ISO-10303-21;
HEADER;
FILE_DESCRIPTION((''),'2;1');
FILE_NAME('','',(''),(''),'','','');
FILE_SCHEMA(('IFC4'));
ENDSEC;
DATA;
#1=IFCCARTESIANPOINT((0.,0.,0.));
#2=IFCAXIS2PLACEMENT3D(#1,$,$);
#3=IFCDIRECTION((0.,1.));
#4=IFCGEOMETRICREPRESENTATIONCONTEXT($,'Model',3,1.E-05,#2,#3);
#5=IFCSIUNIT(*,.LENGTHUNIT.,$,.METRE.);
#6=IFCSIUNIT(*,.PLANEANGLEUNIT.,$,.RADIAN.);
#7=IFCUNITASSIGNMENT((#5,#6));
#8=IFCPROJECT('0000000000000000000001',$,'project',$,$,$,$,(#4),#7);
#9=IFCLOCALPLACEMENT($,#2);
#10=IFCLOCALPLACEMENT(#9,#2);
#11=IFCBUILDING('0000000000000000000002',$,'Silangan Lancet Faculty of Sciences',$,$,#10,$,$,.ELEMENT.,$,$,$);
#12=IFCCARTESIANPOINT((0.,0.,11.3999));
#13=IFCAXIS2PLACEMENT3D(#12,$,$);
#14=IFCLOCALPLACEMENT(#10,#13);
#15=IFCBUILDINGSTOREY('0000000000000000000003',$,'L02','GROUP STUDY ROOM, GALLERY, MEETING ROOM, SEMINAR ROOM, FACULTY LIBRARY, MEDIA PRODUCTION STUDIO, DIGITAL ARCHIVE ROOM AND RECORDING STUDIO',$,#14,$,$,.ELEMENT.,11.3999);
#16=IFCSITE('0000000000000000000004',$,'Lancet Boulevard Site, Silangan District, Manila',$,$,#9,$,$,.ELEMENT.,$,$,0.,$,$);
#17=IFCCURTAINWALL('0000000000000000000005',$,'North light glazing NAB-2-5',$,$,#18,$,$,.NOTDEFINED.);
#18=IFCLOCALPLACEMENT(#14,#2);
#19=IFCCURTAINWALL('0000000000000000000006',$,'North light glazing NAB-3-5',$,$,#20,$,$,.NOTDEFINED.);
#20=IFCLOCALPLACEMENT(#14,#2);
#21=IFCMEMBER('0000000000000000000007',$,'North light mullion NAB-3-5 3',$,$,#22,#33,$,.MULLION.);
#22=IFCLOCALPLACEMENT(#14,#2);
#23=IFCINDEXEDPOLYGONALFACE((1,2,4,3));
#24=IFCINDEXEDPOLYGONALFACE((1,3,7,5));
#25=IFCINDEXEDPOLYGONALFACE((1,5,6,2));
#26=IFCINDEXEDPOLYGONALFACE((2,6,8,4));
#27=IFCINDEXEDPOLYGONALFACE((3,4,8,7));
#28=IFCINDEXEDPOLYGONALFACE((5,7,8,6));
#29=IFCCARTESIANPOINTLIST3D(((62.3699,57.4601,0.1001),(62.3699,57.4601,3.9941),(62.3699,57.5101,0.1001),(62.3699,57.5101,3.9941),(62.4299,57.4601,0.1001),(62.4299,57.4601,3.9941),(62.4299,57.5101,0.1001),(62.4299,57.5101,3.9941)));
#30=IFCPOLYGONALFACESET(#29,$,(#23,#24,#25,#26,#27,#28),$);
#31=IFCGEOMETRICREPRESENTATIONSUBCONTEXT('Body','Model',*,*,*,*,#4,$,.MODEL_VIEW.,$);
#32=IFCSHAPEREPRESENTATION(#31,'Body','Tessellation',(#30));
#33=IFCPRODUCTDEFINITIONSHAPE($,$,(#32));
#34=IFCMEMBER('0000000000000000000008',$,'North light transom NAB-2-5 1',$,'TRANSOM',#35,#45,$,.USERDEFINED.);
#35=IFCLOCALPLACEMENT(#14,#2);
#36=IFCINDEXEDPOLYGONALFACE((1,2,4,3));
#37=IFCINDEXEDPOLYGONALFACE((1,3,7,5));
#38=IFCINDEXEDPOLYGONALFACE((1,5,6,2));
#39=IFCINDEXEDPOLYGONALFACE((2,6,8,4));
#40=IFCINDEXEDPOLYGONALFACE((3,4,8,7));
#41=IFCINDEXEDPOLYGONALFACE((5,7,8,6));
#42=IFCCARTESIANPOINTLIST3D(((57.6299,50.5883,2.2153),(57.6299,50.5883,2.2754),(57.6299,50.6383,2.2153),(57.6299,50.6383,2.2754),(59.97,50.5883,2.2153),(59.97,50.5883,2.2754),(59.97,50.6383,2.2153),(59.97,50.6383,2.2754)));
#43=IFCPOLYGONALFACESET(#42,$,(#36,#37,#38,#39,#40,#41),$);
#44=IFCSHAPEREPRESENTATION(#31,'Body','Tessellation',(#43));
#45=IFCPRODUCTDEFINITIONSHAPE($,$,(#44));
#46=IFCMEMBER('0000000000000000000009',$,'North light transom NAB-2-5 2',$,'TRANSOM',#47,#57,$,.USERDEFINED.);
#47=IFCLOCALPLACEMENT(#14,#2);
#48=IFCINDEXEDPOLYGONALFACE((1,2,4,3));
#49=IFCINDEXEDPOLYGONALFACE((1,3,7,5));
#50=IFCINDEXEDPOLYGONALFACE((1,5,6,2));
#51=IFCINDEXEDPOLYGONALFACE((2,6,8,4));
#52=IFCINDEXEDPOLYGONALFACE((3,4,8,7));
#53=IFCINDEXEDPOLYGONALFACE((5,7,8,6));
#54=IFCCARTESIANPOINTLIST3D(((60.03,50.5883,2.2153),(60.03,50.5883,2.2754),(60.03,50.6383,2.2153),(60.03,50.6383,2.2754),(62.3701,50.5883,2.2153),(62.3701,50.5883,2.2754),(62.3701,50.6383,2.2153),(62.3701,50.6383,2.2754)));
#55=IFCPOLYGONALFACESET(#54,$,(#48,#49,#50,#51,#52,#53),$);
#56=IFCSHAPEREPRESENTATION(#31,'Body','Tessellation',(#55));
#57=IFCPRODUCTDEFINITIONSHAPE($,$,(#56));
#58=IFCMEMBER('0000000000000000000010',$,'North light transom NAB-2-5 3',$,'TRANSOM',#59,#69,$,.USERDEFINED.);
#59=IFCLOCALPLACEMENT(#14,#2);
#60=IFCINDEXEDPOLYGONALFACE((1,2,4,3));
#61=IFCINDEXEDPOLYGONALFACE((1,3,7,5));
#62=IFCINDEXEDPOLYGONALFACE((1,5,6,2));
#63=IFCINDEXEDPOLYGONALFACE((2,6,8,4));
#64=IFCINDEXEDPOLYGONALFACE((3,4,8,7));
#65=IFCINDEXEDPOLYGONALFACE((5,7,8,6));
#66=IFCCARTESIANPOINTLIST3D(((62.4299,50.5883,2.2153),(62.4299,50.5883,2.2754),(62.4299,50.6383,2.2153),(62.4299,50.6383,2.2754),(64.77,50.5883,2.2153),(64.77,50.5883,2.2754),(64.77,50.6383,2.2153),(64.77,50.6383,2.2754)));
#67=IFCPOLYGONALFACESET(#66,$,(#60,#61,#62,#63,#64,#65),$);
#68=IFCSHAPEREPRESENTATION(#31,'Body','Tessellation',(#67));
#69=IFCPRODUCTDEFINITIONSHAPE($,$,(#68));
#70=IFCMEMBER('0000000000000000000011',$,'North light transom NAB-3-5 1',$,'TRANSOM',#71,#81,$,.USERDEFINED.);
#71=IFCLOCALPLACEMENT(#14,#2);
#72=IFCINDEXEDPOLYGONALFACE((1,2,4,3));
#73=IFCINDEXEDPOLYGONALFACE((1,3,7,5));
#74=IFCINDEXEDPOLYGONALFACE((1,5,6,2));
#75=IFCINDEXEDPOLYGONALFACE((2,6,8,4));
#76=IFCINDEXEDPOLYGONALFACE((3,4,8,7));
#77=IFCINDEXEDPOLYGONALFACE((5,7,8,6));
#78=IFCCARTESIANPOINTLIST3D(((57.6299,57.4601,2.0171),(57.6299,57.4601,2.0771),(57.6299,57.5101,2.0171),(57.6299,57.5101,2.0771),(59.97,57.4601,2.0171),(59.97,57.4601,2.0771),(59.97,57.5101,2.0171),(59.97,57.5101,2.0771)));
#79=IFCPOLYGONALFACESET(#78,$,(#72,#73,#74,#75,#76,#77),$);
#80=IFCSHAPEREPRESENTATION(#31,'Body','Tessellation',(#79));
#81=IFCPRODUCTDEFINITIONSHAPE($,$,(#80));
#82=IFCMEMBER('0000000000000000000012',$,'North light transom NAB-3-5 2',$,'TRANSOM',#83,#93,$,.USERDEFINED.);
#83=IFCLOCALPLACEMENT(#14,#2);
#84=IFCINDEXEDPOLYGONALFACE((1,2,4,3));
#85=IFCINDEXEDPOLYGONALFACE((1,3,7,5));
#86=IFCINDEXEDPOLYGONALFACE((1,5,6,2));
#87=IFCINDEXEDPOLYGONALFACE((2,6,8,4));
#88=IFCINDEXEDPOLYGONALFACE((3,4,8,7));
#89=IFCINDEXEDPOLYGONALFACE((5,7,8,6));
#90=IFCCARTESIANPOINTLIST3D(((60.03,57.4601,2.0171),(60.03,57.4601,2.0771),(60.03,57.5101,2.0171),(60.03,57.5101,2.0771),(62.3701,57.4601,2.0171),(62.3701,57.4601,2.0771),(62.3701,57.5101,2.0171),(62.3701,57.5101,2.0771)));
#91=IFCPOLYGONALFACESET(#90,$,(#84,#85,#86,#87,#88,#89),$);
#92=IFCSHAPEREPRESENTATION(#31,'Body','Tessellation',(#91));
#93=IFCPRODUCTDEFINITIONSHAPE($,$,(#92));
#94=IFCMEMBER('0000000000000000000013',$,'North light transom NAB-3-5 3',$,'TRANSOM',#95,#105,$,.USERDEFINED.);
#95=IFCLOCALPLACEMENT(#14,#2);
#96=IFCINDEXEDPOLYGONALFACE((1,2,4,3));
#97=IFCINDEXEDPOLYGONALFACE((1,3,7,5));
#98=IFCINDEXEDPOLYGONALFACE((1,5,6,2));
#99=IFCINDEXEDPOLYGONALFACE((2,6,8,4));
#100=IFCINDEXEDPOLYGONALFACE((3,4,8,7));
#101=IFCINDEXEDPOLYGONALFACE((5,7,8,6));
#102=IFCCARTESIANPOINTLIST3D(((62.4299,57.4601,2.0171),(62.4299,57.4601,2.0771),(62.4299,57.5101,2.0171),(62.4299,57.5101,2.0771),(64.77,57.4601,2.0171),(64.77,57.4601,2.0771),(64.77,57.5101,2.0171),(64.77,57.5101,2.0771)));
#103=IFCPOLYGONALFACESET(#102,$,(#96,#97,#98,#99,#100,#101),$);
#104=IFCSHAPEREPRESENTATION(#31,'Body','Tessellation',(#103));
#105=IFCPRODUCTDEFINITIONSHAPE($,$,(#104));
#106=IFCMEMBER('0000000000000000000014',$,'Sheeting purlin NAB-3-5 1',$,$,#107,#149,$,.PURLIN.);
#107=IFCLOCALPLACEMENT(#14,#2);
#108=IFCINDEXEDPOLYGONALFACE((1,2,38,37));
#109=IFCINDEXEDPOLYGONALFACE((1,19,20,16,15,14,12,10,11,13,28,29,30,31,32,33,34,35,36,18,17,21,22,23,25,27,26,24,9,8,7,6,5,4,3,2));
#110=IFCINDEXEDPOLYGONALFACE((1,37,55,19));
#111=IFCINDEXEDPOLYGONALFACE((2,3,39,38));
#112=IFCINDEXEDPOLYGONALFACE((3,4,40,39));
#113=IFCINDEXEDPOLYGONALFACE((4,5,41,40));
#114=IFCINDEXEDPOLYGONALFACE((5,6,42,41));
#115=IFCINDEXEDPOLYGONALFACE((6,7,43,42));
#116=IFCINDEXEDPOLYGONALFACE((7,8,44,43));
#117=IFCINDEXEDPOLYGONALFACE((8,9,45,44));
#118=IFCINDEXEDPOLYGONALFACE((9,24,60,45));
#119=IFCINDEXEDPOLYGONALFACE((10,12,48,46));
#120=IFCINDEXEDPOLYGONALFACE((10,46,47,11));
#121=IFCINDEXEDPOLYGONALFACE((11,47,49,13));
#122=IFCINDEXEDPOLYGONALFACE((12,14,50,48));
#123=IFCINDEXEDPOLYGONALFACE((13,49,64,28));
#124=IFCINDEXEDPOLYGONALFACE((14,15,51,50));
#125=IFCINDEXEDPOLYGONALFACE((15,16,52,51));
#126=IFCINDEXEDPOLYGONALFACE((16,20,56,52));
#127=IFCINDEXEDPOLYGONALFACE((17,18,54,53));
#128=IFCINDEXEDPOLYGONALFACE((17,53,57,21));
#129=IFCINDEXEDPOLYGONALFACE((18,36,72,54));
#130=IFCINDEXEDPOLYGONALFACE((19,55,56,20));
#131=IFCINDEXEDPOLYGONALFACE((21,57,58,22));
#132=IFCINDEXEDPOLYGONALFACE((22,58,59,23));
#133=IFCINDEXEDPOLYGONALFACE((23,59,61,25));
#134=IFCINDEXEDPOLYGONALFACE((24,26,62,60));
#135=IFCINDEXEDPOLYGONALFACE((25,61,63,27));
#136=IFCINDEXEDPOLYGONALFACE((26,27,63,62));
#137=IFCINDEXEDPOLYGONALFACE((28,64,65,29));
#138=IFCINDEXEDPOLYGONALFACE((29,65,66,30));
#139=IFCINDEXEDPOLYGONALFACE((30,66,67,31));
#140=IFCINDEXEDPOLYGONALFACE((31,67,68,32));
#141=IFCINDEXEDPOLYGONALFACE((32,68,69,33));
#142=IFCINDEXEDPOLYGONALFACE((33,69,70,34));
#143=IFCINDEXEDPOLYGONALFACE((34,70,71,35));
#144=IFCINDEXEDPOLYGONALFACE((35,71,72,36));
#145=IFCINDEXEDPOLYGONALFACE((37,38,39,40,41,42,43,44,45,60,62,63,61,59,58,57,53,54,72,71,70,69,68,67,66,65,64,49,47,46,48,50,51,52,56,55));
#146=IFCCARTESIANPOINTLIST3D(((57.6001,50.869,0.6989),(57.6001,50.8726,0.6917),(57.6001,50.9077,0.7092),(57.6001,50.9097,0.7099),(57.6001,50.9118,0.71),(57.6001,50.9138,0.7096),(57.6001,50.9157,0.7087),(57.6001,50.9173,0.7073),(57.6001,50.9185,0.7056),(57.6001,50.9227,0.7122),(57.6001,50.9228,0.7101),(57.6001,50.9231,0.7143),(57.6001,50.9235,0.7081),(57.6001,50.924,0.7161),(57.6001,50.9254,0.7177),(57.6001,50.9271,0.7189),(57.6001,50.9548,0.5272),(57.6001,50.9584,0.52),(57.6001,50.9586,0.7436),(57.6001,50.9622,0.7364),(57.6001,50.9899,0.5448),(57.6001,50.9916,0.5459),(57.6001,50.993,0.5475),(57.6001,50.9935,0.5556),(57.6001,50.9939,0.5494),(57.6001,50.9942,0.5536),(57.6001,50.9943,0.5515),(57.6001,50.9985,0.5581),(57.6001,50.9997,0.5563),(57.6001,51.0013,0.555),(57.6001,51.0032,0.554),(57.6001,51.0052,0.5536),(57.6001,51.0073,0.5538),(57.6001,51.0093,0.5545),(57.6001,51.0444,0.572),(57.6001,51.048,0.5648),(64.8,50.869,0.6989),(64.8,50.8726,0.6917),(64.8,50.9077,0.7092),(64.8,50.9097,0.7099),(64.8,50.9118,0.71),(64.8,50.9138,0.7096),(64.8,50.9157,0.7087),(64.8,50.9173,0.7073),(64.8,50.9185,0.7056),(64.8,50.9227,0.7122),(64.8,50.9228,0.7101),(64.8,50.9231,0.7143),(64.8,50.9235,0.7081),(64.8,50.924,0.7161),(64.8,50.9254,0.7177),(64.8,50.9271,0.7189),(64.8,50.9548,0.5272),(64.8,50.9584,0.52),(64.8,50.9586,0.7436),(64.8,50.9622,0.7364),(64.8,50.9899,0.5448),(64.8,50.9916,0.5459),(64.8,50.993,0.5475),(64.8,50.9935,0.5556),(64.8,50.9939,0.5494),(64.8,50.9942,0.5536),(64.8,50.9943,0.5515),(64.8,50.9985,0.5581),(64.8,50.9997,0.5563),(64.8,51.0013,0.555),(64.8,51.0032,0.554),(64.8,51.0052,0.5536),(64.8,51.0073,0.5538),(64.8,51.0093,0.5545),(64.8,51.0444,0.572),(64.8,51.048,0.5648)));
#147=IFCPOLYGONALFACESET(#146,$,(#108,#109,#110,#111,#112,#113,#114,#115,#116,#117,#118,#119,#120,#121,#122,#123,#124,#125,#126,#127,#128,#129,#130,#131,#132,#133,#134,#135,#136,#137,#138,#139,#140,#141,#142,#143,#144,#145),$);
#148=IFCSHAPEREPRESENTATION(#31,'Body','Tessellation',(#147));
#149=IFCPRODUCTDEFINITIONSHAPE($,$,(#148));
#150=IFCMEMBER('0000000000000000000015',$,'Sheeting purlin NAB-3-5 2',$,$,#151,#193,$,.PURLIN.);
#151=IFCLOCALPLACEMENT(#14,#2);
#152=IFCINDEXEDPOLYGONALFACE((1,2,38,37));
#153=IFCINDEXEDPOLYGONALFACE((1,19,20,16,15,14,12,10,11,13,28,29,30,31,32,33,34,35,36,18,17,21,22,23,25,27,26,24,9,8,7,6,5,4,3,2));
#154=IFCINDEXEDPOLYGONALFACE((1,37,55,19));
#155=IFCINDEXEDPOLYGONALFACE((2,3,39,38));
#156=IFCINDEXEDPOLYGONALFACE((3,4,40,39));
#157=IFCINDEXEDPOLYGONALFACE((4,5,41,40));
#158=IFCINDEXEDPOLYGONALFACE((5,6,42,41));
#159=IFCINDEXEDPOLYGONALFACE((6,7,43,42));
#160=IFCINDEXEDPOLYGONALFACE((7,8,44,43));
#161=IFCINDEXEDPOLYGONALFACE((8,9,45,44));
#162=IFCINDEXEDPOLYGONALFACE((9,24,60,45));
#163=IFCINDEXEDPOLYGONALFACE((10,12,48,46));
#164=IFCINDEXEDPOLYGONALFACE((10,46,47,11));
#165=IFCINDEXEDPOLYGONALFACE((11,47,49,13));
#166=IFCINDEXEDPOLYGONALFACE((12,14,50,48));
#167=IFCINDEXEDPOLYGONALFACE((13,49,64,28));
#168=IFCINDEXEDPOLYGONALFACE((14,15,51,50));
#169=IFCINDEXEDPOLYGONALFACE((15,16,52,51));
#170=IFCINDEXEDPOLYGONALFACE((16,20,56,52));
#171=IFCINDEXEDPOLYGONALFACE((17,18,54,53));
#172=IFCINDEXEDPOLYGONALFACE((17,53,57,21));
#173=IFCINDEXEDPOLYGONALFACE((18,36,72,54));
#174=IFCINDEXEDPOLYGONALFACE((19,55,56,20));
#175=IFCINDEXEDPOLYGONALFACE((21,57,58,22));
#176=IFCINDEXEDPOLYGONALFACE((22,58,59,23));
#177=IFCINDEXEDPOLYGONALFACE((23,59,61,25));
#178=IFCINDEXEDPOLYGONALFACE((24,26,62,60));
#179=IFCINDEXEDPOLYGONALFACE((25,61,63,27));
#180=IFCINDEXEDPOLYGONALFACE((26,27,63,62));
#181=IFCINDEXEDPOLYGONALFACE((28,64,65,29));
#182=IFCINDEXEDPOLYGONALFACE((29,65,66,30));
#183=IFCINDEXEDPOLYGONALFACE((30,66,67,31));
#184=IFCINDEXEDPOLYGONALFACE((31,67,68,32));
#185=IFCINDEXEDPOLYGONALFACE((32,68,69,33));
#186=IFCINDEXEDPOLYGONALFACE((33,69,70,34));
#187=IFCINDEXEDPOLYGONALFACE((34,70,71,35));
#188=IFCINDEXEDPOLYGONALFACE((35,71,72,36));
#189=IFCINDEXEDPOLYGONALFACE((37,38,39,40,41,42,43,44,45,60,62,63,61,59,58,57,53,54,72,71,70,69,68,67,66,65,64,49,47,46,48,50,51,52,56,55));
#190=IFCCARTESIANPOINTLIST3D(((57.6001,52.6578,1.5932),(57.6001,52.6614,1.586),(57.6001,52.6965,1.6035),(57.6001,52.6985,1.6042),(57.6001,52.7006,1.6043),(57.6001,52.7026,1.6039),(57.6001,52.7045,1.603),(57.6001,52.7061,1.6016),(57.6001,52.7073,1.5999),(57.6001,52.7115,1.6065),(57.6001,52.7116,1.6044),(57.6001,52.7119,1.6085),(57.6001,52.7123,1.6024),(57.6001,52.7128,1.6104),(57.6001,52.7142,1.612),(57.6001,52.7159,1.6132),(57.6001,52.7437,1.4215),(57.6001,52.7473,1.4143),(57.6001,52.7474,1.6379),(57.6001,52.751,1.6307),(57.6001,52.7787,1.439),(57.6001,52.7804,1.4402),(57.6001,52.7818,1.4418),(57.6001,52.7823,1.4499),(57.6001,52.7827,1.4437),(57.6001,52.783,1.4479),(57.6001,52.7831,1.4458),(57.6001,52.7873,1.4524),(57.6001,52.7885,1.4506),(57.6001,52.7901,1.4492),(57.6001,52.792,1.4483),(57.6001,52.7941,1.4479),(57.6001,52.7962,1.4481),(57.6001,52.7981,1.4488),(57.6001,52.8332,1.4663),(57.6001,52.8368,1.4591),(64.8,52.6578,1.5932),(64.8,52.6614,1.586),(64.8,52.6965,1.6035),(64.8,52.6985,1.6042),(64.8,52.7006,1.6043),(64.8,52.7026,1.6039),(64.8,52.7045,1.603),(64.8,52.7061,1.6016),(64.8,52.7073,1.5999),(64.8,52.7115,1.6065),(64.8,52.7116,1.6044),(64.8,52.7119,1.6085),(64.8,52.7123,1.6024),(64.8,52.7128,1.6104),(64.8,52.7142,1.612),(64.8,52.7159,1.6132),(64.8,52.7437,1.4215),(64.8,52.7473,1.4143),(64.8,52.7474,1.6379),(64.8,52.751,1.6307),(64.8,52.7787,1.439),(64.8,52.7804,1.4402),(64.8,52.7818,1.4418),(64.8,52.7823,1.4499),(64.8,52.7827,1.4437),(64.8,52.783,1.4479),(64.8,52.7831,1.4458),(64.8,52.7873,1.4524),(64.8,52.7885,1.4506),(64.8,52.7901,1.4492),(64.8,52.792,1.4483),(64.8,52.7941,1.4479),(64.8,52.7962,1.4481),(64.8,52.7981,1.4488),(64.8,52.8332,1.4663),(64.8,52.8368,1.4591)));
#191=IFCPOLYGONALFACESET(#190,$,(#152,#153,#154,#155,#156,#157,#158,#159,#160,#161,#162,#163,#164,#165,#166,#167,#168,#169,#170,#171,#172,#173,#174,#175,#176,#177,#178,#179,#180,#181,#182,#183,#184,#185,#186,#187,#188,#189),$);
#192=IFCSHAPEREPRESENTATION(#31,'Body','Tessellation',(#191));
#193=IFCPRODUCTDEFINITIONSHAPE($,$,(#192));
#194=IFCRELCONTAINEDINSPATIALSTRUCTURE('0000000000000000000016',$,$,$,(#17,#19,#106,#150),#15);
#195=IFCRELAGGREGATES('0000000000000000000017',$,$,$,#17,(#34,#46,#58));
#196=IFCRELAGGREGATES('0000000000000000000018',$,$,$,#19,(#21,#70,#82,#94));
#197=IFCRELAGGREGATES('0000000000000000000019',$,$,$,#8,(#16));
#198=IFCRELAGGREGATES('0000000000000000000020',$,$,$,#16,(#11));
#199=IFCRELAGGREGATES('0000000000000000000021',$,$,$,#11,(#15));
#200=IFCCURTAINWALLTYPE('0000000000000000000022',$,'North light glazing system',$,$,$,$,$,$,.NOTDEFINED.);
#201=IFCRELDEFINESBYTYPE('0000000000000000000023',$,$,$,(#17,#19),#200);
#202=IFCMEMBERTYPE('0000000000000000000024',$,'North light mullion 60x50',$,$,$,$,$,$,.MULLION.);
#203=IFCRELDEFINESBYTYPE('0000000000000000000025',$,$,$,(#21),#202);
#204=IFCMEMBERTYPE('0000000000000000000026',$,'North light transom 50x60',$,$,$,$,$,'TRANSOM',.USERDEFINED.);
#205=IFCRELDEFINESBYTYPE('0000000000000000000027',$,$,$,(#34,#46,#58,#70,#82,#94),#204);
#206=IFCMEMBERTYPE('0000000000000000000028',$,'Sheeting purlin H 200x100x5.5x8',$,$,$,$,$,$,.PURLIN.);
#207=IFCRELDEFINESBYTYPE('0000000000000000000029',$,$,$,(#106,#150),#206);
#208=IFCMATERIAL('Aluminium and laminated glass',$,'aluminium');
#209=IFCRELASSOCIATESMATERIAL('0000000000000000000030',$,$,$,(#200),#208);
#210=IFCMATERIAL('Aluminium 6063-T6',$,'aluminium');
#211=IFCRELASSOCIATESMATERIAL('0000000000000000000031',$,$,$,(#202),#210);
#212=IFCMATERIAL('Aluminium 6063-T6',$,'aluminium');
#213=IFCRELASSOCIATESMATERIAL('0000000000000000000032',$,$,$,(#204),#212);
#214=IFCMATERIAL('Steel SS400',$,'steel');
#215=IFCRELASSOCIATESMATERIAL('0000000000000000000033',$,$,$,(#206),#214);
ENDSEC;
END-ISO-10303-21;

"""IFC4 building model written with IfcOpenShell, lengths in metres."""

from ifc_helpers import new_model, si_unit, direction, frame, origin, origin_2d, place, context, subcontext, project, spatial, rectangle, i_section, extrude, material, material_profile, profile_set, type_object, element, aggregate, save


model = new_model("IFC4")

# Units and contexts
model_context = context("Model", 3, precision=1e-05, world=origin(), true_north=direction((0.0, 1.0)))
body_context = subcontext(model_context, "Body", "Model", "MODEL_VIEW")
ifc_project = project(units=[si_unit("LENGTHUNIT", "METRE"), si_unit("PLANEANGLEUNIT", "RADIAN")], contexts=[model_context])

# Site, building, storey
site_placement = place(None, origin())
site = spatial("IfcSite", under=ifc_project, at=site_placement, Name="Lancet Boulevard Site, Silangan District, Manila", CompositionType="ELEMENT", RefElevation=0.0)
building_placement = place(site_placement, origin())
building = spatial("IfcBuilding", under=site, at=building_placement, Name="Silangan Lancet Faculty of Sciences", CompositionType="ELEMENT")
storey_placement = place(building_placement, frame((0.0, 0.0, 11.3999)))
storey = spatial("IfcBuildingStorey", under=building, at=storey_placement, Name="L02", Description="GROUP STUDY ROOM, GALLERY, MEETING ROOM, SEMINAR ROOM, FACULTY LIBRARY, MEDIA PRODUCTION STUDIO, DIGITAL ARCHIVE ROOM AND RECORDING STUDIO", CompositionType="ELEMENT", Elevation=11.3999)

# Curtain walls, member
ifc_material_1 = material(Name="Aluminium and laminated glass", Category="aluminium")
curtain_wall_type = type_object("IfcCurtainWallType", Name="North light glazing system", PredefinedType="NOTDEFINED", material=ifc_material_1)
curtain_wall_1_placement = place(storey_placement, origin())
curtain_wall_1 = element("IfcCurtainWall", 1, at=curtain_wall_1_placement, inside=storey, type_object=curtain_wall_type, Name="North light glazing NAB-2-5", PredefinedType="NOTDEFINED")
ifc_material_2 = material(Name="Aluminium 6063-T6", Category="aluminium")
ifc_material_profile_1 = material_profile(ifc_material_2, rectangle(XDim=0.0601, YDim=0.05, at=origin_2d()), Name="AL 60x50")
ifc_profile_set_1 = profile_set([ifc_material_profile_1], Name="Aluminium 6063-T6")
member_type_1 = type_object("IfcMemberType", Name="North light mullion 60x50", PredefinedType="MULLION", material=ifc_profile_set_1)
curtain_wall_2_placement = place(storey_placement, origin())
curtain_wall_2 = element("IfcCurtainWall", 2, at=curtain_wall_2_placement, inside=storey, type_object=curtain_wall_type, Name="North light glazing NAB-3-5", PredefinedType="NOTDEFINED")
member_1_placement = place(storey_placement, frame((62.3999, 57.4851, 0.1001), z_axis=(0.0, 0.0, 1.0), x_axis=(1.0, 0.0, 0.0)))
member_1 = element("IfcMember", 3, at=member_1_placement, type_object=member_type_1, Name="North light mullion NAB-3-5 3", PredefinedType="MULLION", context=body_context, shape_type="SweptSolid", body=[
    extrude(rectangle(XDim=0.0601, YDim=0.05, at=origin_2d()), origin(), (0.0, 0.0, 1.0), 3.894),
])

# Members
ifc_material_3 = material(Name="Aluminium 6063-T6", Category="aluminium")
ifc_material_profile_2 = material_profile(ifc_material_3, rectangle(XDim=0.05, YDim=0.0601, at=origin_2d()), Name="AL 50x60")
ifc_profile_set_2 = profile_set([ifc_material_profile_2], Name="Aluminium 6063-T6")
member_type_2 = type_object("IfcMemberType", Name="North light transom 50x60", ElementType="TRANSOM", PredefinedType="USERDEFINED", material=ifc_profile_set_2)
member_2_placement = place(storey_placement, frame((57.6299, 50.6133, 2.2454), z_axis=(1.0, 0.0, 0.0), x_axis=(0.0, 1.0, 0.0)))
member_2 = element("IfcMember", 4, at=member_2_placement, type_object=member_type_2, Name="North light transom NAB-2-5 1", ObjectType="TRANSOM", PredefinedType="USERDEFINED", context=body_context, shape_type="SweptSolid", body=[
    extrude(rectangle(XDim=0.05, YDim=0.0601, at=origin_2d()), origin(), (0.0, 0.0, 1.0), 2.3401),
])
member_3_placement = place(storey_placement, frame((60.03, 50.6133, 2.2454), z_axis=(1.0, 0.0, 0.0), x_axis=(0.0, 1.0, 0.0)))
member_3 = element("IfcMember", 5, at=member_3_placement, type_object=member_type_2, Name="North light transom NAB-2-5 2", ObjectType="TRANSOM", PredefinedType="USERDEFINED", context=body_context, shape_type="SweptSolid", body=[
    extrude(rectangle(XDim=0.05, YDim=0.0601, at=origin_2d()), origin(), (0.0, 0.0, 1.0), 2.3401),
])
member_4_placement = place(storey_placement, frame((62.4299, 50.6133, 2.2454), z_axis=(1.0, 0.0, 0.0), x_axis=(0.0, 1.0, 0.0)))
member_4 = element("IfcMember", 6, at=member_4_placement, type_object=member_type_2, Name="North light transom NAB-2-5 3", ObjectType="TRANSOM", PredefinedType="USERDEFINED", context=body_context, shape_type="SweptSolid", body=[
    extrude(rectangle(XDim=0.05, YDim=0.0601, at=origin_2d()), origin(), (0.0, 0.0, 1.0), 2.3401),
])
aggregate(curtain_wall_1, [member_2, member_3, member_4])
member_5_placement = place(storey_placement, frame((57.6299, 57.4851, 2.0471), z_axis=(1.0, 0.0, 0.0), x_axis=(0.0, 1.0, 0.0)))
member_5 = element("IfcMember", 7, at=member_5_placement, type_object=member_type_2, Name="North light transom NAB-3-5 1", ObjectType="TRANSOM", PredefinedType="USERDEFINED", context=body_context, shape_type="SweptSolid", body=[
    extrude(rectangle(XDim=0.05, YDim=0.0601, at=origin_2d()), origin(), (0.0, 0.0, 1.0), 2.3401),
])
member_6_placement = place(storey_placement, frame((60.03, 57.4851, 2.0471), z_axis=(1.0, 0.0, 0.0), x_axis=(0.0, 1.0, 0.0)))
member_6 = element("IfcMember", 8, at=member_6_placement, type_object=member_type_2, Name="North light transom NAB-3-5 2", ObjectType="TRANSOM", PredefinedType="USERDEFINED", context=body_context, shape_type="SweptSolid", body=[
    extrude(rectangle(XDim=0.05, YDim=0.0601, at=origin_2d()), origin(), (0.0, 0.0, 1.0), 2.3401),
])
member_7_placement = place(storey_placement, frame((62.4299, 57.4851, 2.0471), z_axis=(1.0, 0.0, 0.0), x_axis=(0.0, 1.0, 0.0)))
member_7 = element("IfcMember", 9, at=member_7_placement, type_object=member_type_2, Name="North light transom NAB-3-5 3", ObjectType="TRANSOM", PredefinedType="USERDEFINED", context=body_context, shape_type="SweptSolid", body=[
    extrude(rectangle(XDim=0.05, YDim=0.0601, at=origin_2d()), origin(), (0.0, 0.0, 1.0), 2.3401),
])

# Members
ifc_material_4 = material(Name="Steel SS400", Category="steel")
ifc_material_profile_3 = material_profile(ifc_material_4, i_section(OverallWidth=0.1001, OverallDepth=0.2, WebThickness=0.0056, FlangeThickness=0.0081, FilletRadius=0.0081, at=origin_2d()), Name="H 200x100x5.5x8")
ifc_profile_set_3 = profile_set([ifc_material_profile_3], Name="Steel SS400")
member_type_3 = type_object("IfcMemberType", Name="Sheeting purlin H 200x100x5.5x8", PredefinedType="PURLIN", material=ifc_profile_set_3)
for number, where, z_axis, x_axis, name in (
    (10, (57.6001, 50.9585, 0.6318), (1.0, 0.0, 0.0), (0.0, 0.894427, 0.447214), "Sheeting purlin NAB-3-5 1"),
    (11, (57.6001, 52.7473, 1.5261), (1.0, 0.0, 0.0), (0.0, 0.894427, 0.447214), "Sheeting purlin NAB-3-5 2"),
):
    element("IfcMember", number, at=place(storey_placement, frame(where, z_axis=z_axis, x_axis=x_axis)), inside=storey, type_object=member_type_3, Name=name, PredefinedType="PURLIN", context=body_context, shape_type="SweptSolid", body=[
        extrude(i_section(OverallWidth=0.1001, OverallDepth=0.2, WebThickness=0.0056, FlangeThickness=0.0081, FilletRadius=0.0081, at=origin_2d()), origin(), (0.0, 0.0, 1.0), 7.2),
    ])

aggregate(curtain_wall_2, [member_1, member_5, member_6, member_7])

save(model, "model.ifc")
